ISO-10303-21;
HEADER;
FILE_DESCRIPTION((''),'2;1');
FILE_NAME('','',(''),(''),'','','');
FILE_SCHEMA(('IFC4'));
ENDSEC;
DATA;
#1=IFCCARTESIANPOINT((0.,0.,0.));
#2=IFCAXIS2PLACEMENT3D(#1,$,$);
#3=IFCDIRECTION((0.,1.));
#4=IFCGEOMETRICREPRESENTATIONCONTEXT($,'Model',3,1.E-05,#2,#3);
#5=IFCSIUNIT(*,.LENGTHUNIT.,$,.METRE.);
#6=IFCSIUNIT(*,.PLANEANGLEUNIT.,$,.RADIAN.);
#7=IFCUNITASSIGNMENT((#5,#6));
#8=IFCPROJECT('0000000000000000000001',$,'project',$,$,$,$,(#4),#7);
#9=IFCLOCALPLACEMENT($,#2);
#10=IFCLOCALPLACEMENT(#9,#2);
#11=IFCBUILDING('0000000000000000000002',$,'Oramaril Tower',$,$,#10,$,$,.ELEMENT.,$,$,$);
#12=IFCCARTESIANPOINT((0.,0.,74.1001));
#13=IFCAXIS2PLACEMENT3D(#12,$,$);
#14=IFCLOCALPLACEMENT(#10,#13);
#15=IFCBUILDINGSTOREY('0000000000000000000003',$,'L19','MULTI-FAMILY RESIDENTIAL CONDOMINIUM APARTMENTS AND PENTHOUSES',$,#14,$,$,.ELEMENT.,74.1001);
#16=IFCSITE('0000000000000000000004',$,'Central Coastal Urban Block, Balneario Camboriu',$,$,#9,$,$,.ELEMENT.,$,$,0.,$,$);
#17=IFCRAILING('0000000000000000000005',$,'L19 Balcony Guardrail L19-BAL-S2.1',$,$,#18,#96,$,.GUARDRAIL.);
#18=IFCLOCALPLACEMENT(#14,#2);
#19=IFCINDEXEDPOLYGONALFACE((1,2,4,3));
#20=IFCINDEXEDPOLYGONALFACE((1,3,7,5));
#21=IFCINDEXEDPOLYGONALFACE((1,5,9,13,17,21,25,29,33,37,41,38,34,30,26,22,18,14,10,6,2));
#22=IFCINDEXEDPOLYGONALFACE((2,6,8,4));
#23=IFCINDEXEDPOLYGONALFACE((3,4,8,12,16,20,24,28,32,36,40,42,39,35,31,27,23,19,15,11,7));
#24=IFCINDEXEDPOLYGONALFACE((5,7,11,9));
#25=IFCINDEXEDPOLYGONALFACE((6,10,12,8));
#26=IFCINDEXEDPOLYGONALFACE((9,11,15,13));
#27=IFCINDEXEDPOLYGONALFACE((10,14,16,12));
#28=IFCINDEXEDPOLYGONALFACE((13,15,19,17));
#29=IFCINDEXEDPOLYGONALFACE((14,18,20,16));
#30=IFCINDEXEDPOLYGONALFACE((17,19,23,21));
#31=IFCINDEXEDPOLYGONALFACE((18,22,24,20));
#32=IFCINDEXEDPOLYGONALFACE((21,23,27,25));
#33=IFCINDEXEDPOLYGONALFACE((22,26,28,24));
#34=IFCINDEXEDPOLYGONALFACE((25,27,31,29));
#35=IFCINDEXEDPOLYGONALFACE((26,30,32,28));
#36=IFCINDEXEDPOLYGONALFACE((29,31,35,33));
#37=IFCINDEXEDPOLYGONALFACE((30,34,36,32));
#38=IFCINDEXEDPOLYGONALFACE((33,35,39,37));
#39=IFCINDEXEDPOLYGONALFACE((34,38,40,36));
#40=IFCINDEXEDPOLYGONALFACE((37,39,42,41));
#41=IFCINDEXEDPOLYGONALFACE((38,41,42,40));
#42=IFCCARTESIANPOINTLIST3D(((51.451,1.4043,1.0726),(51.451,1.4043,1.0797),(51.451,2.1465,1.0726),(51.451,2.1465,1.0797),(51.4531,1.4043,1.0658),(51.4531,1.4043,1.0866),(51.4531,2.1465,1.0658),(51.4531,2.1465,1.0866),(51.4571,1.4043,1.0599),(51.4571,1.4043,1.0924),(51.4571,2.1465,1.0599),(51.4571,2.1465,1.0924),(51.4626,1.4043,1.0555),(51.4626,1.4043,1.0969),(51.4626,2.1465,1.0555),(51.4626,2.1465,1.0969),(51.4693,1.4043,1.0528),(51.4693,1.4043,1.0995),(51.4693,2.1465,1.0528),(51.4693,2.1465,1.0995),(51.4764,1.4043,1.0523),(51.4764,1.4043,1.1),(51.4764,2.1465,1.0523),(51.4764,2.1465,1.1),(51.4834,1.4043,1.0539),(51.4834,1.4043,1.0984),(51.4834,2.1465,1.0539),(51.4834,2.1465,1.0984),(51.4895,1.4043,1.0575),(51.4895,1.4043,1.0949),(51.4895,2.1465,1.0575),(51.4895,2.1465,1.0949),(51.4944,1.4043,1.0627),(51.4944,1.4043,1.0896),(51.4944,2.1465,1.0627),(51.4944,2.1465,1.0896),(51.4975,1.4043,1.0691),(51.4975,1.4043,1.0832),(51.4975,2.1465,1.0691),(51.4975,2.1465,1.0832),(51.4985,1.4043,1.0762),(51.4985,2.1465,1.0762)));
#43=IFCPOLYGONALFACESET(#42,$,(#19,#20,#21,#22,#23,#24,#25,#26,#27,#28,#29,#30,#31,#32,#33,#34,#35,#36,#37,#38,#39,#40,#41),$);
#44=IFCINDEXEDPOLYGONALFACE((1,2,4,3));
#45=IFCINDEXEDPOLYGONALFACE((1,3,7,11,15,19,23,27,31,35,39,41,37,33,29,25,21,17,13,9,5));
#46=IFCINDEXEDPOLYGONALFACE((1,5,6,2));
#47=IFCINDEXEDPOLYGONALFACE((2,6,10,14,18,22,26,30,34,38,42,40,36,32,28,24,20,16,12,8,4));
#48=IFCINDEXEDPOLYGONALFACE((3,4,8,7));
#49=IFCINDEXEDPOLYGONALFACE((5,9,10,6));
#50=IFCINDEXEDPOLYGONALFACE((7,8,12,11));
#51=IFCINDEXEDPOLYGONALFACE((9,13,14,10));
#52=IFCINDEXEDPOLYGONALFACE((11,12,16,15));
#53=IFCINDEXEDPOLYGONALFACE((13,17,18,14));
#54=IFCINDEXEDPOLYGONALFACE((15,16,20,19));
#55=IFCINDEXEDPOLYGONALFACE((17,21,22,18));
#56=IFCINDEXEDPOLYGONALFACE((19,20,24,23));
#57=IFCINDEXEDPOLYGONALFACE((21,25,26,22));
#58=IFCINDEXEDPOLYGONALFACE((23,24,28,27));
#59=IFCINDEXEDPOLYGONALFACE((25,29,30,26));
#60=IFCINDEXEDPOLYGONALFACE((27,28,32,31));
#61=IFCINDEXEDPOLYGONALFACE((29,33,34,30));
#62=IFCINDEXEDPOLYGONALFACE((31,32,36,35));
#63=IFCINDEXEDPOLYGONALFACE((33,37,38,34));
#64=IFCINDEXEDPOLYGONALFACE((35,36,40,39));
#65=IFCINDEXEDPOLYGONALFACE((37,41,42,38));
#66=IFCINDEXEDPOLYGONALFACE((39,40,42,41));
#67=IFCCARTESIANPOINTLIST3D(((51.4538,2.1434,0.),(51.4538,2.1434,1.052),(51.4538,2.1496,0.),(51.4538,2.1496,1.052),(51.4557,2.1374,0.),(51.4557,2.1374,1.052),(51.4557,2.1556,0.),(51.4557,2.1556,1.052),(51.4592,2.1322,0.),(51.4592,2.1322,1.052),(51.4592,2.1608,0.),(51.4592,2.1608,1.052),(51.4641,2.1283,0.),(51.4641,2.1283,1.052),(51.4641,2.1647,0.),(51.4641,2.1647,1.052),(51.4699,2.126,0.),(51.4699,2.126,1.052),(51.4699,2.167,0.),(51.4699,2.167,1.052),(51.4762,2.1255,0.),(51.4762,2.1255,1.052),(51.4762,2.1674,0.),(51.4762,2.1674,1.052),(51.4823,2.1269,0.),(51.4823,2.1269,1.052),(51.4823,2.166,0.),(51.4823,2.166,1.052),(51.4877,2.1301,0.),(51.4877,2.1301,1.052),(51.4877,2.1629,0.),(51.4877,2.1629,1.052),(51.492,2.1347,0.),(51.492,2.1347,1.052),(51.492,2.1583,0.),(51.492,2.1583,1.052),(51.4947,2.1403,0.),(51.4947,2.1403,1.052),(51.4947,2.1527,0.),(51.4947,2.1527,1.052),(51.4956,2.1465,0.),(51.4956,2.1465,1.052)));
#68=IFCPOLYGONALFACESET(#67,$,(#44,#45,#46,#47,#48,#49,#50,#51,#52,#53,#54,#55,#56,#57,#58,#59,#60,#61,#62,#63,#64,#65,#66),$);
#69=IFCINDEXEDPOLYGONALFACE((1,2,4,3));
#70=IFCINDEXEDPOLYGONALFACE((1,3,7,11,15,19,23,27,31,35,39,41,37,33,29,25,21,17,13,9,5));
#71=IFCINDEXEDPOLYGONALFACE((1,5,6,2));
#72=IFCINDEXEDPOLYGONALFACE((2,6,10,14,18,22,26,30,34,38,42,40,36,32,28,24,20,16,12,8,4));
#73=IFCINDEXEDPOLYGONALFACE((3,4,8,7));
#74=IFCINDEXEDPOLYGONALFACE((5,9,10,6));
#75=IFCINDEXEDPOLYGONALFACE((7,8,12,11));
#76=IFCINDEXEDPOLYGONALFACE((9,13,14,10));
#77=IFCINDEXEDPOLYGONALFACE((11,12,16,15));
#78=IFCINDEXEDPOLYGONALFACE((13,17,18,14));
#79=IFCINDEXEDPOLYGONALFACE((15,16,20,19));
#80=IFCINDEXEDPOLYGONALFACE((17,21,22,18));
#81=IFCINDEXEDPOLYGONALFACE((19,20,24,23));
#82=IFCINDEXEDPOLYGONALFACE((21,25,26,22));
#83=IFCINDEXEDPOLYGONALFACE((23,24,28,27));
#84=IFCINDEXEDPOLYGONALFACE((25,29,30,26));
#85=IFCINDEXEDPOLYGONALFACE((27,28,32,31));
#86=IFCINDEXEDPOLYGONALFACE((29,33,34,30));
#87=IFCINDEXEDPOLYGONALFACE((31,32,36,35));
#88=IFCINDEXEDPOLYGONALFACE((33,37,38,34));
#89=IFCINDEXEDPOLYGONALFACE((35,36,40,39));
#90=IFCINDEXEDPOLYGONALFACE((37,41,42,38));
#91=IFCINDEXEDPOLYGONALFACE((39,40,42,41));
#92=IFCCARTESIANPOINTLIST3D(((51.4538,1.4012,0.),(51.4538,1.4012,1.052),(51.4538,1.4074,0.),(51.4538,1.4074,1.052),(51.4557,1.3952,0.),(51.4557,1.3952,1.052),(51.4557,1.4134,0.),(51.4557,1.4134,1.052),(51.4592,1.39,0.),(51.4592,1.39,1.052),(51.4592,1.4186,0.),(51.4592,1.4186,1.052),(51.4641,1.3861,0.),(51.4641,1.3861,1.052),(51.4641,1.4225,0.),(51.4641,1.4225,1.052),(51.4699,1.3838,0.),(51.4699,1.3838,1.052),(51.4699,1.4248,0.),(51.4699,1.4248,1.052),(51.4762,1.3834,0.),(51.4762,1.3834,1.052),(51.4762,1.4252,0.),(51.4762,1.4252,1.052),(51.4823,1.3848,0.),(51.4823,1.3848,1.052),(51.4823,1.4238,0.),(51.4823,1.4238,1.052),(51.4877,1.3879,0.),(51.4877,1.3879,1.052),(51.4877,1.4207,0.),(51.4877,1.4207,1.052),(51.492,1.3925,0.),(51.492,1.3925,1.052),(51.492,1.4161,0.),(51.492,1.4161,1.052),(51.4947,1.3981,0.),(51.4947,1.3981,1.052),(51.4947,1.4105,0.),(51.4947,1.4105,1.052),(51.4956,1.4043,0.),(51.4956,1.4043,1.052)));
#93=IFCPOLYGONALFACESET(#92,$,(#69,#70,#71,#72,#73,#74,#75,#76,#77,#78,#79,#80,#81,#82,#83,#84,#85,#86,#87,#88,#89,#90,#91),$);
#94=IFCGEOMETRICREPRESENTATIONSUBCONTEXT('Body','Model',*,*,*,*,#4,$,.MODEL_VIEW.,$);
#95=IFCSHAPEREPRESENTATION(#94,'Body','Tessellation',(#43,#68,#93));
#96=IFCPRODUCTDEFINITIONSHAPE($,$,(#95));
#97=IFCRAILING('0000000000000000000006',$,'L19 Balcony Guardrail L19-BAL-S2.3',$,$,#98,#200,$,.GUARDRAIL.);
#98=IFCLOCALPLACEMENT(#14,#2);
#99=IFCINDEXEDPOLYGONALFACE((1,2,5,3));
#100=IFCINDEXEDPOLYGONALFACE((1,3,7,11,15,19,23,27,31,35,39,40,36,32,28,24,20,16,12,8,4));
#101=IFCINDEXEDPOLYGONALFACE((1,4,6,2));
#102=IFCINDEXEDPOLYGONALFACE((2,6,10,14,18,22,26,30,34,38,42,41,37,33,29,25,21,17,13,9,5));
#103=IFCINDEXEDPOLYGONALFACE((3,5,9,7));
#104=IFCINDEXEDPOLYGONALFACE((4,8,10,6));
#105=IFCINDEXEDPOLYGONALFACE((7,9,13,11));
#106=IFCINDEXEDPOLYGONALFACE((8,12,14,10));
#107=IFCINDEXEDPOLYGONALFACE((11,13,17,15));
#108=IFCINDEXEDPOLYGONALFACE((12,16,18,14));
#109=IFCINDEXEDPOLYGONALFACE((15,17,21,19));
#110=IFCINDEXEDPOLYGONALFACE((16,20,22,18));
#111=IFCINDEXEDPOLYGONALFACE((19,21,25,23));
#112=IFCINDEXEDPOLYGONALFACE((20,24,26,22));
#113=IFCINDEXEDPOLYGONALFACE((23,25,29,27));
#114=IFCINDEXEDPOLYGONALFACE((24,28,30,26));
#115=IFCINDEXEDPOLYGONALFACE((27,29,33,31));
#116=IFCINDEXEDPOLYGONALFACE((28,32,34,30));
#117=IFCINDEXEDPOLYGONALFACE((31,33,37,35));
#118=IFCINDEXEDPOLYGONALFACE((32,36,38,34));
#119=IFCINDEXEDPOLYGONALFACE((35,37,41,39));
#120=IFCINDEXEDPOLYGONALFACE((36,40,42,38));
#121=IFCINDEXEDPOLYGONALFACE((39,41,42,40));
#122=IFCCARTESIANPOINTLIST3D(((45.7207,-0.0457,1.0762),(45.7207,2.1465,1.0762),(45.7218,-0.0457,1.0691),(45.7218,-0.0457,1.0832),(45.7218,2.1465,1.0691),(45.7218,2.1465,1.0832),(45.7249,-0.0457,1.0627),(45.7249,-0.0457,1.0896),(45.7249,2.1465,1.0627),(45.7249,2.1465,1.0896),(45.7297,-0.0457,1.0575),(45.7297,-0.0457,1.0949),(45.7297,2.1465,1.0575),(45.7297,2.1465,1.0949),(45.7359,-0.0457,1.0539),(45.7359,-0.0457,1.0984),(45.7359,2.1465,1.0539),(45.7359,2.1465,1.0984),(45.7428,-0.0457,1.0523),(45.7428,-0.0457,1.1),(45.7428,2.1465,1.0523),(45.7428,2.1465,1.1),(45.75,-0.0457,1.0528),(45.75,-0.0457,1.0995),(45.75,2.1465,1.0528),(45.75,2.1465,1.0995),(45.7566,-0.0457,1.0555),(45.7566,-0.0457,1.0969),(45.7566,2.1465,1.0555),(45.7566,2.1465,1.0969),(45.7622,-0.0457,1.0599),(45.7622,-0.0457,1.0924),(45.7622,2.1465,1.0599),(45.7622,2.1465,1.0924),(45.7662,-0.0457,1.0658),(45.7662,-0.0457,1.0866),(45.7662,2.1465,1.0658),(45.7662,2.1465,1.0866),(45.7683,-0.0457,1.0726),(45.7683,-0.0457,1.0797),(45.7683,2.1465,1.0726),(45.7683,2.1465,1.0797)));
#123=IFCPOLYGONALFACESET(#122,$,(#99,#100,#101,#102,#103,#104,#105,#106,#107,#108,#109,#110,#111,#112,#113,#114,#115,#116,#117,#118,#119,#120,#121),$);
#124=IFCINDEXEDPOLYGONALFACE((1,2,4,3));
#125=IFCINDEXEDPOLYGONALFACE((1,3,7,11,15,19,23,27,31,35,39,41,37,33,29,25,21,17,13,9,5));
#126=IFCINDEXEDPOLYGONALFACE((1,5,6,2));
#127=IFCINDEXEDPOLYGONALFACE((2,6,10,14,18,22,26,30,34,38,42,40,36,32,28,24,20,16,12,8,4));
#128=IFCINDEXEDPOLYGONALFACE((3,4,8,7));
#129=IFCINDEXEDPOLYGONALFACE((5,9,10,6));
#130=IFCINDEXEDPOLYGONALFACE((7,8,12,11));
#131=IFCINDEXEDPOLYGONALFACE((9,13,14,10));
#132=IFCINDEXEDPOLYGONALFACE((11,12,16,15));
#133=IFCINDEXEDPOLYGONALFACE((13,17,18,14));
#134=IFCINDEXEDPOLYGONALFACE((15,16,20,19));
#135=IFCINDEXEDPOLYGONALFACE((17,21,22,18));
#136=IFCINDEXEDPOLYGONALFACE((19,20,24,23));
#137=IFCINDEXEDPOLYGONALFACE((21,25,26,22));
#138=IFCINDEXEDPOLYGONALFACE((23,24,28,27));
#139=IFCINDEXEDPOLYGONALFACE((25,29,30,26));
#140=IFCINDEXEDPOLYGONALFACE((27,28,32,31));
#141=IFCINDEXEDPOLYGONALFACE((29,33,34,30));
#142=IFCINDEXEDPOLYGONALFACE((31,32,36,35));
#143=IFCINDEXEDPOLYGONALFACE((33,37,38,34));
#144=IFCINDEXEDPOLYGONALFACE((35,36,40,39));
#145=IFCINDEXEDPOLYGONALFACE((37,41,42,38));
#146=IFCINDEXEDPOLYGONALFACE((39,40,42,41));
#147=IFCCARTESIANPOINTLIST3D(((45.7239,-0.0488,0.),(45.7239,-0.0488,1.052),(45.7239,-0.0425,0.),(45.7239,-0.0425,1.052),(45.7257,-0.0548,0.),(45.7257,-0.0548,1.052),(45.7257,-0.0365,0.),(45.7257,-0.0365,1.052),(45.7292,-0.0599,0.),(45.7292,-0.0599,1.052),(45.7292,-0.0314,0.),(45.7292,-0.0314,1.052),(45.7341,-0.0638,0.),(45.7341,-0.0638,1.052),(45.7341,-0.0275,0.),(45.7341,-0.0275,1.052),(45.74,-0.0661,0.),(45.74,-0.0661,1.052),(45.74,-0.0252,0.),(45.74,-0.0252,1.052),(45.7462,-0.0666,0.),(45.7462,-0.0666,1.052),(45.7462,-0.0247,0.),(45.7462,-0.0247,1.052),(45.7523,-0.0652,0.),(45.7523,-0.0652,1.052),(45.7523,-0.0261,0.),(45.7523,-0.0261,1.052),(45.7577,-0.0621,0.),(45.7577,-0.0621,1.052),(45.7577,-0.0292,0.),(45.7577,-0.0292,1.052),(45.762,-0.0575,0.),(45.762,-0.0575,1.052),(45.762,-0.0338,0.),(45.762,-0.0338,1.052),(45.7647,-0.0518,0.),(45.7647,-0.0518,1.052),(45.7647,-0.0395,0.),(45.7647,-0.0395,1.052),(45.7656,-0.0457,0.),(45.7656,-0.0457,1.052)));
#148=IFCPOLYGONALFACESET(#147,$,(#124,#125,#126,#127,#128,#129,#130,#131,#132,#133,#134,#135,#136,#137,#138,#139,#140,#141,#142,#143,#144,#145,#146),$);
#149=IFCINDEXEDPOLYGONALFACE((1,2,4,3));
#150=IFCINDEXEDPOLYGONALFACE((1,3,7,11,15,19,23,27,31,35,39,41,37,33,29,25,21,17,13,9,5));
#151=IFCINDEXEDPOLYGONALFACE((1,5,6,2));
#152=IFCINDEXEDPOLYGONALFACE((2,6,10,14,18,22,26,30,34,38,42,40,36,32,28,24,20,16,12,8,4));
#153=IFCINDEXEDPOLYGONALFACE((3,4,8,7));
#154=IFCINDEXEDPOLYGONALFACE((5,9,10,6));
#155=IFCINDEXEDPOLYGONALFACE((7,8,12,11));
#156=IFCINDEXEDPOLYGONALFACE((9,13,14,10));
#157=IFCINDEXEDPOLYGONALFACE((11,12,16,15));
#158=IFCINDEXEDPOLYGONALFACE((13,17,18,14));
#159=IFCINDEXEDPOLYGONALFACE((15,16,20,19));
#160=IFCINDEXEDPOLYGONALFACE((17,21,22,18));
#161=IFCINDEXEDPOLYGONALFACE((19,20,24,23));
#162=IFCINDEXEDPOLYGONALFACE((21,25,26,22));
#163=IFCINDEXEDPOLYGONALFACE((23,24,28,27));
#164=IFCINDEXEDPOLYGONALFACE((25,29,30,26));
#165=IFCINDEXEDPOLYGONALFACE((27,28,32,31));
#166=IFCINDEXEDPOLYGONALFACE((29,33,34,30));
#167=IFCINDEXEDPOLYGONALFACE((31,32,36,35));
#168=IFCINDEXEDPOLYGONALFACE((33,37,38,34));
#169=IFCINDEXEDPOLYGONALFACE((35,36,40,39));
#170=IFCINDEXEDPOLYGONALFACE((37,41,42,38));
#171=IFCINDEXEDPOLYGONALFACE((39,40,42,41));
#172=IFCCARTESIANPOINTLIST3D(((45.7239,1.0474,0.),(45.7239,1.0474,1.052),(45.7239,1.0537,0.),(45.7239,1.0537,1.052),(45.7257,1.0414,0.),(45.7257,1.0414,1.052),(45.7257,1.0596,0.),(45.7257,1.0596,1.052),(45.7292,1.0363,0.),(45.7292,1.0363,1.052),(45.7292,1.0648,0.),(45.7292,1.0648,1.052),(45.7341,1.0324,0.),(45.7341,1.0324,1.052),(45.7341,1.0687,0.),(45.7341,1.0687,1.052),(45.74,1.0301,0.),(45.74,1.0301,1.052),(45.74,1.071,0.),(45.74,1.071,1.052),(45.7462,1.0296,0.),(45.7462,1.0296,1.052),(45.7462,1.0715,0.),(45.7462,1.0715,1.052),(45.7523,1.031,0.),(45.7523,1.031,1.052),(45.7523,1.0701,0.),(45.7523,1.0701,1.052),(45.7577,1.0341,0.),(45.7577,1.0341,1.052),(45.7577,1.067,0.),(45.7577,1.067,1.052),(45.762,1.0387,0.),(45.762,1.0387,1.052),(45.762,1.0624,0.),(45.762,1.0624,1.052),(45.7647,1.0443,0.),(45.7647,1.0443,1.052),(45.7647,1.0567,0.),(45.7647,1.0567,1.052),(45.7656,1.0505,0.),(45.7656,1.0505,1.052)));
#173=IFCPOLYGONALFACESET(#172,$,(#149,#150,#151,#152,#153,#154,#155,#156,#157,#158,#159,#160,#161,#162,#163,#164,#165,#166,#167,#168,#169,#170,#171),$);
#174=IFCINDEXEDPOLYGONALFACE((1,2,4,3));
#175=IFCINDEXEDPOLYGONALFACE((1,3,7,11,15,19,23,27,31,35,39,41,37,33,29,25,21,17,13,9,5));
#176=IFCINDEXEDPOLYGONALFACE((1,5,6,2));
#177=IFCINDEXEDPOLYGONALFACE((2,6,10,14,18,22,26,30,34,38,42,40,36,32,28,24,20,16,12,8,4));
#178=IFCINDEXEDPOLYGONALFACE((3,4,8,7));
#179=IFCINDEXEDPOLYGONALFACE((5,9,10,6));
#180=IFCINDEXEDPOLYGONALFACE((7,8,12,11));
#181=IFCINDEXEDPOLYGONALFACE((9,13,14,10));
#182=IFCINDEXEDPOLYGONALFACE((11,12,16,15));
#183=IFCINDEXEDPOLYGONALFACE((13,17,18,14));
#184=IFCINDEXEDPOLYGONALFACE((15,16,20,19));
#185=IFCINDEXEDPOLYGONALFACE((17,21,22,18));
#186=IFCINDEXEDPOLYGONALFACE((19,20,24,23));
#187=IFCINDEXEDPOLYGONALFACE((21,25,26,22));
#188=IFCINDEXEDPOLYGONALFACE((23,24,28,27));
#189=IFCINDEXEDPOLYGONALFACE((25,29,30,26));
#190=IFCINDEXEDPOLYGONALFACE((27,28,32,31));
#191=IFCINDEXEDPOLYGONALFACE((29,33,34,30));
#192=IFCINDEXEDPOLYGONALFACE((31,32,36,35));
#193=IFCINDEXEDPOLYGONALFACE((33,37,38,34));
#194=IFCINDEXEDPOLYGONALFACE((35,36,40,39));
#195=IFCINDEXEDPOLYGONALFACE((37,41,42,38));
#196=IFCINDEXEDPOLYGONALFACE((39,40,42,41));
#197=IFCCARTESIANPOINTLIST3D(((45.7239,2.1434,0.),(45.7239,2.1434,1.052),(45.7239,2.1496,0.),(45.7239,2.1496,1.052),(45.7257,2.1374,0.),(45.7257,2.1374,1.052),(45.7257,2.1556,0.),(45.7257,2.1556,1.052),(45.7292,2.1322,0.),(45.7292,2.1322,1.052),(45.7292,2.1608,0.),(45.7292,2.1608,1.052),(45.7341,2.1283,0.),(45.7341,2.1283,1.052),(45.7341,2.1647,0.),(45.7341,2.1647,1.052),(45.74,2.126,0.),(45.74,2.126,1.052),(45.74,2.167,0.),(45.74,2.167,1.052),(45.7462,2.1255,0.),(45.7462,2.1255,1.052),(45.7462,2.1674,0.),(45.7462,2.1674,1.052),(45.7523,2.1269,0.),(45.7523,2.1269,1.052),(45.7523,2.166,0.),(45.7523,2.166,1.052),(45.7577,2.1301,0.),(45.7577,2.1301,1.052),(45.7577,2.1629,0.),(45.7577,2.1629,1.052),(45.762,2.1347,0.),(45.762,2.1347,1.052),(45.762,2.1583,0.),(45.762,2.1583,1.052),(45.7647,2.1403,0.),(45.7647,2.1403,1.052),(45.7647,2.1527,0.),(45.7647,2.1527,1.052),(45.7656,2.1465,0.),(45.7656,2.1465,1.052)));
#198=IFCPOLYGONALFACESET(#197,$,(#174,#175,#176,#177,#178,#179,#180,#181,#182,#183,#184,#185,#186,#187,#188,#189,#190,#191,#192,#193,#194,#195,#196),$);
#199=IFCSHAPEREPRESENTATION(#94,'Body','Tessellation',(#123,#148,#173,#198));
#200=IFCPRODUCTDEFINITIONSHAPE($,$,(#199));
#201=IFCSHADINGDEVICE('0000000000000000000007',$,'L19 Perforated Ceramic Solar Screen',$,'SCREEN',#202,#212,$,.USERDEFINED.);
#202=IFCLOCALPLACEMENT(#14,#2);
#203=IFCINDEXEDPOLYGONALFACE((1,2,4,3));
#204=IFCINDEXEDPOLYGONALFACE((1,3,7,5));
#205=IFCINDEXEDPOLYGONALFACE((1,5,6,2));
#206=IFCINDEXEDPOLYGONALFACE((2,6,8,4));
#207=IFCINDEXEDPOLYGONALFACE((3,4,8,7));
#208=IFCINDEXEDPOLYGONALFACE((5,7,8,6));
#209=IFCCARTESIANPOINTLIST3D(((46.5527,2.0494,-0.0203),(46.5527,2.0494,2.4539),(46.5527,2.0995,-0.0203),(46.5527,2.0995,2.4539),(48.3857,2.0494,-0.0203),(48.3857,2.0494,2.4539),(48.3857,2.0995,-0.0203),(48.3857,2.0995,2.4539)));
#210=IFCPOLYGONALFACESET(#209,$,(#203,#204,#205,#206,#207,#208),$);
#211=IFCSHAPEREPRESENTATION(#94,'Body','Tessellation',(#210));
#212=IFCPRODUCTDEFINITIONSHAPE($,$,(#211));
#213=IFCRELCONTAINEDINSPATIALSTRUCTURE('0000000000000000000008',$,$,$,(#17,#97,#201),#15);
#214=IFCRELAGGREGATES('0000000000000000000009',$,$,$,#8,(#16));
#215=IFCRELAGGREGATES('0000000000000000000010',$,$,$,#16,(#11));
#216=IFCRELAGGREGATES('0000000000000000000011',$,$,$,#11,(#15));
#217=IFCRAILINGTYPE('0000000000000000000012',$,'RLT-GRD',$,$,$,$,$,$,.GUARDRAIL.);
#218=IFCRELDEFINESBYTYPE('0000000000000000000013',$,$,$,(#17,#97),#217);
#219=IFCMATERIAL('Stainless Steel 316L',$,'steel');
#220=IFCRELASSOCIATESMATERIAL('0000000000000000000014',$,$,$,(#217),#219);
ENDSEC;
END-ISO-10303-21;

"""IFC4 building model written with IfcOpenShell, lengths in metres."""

from ifc_helpers import new_model, si_unit, direction, frame, origin, origin_2d, place, context, subcontext, project, spatial, rectangle, circle, extrude, material, type_object, element, save


model = new_model("IFC4")

# Units and contexts
model_context = context("Model", 3, precision=1e-05, world=origin(), true_north=direction((0.0, 1.0)))
body_context = subcontext(model_context, "Body", "Model", "MODEL_VIEW")
ifc_project = project(units=[si_unit("LENGTHUNIT", "METRE"), si_unit("PLANEANGLEUNIT", "RADIAN")], contexts=[model_context])

# Site, building, storey
site_placement = place(None, origin())
site = spatial("IfcSite", under=ifc_project, at=site_placement, Name="Central Coastal Urban Block, Balneario Camboriu", CompositionType="ELEMENT", RefElevation=0.0)
building_placement = place(site_placement, origin())
building = spatial("IfcBuilding", under=site, at=building_placement, Name="Oramaril Tower", CompositionType="ELEMENT")
storey_placement = place(building_placement, frame((0.0, 0.0, 74.1001)))
storey = spatial("IfcBuildingStorey", under=building, at=storey_placement, Name="L19", Description="MULTI-FAMILY RESIDENTIAL CONDOMINIUM APARTMENTS AND PENTHOUSES", CompositionType="ELEMENT", Elevation=74.1001)

# Railings
ifc_material_1 = material(Name="Stainless Steel 316L", Category="steel")
railing_type = type_object("IfcRailingType", Name="RLT-GRD", PredefinedType="GUARDRAIL", material=ifc_material_1)
railing_1_placement = place(storey_placement, frame((51.4746, 2.1465, 0.0)))
element("IfcRailing", 1, at=railing_1_placement, inside=storey, type_object=railing_type, Name="L19 Balcony Guardrail L19-BAL-S2.1", PredefinedType="GUARDRAIL", context=body_context, shape_type="SweptSolid", body=[
    extrude(circle(Radius=0.0239, at=origin_2d()), frame((0.0, 0.0, 1.0762), z_axis=(0.0, -1.0, 0.0), x_axis=(1.0, 0.0, 0.0)), (0.0, 0.0, 1.0), 0.7422),
    extrude(circle(Radius=0.021, at=origin_2d()), origin(), (0.0, 0.0, 1.0), 1.052),
    extrude(circle(Radius=0.021, at=origin_2d()), frame((0.0, -0.7422, 0.0)), (0.0, 0.0, 1.0), 1.052),
])
railing_2_placement = place(storey_placement, frame((45.7446, -0.0457, 0.0)))
element("IfcRailing", 2, at=railing_2_placement, inside=storey, type_object=railing_type, Name="L19 Balcony Guardrail L19-BAL-S2.3", PredefinedType="GUARDRAIL", context=body_context, shape_type="SweptSolid", body=[
    extrude(circle(Radius=0.0239, at=origin_2d()), frame((0.0, 0.0, 1.0762), z_axis=(0.0, 1.0, 0.0), x_axis=(-1.0, 0.0, 0.0)), (0.0, 0.0, 1.0), 2.1921),
    extrude(circle(Radius=0.021, at=origin_2d()), origin(), (0.0, 0.0, 1.0), 1.052),
    extrude(circle(Radius=0.021, at=origin_2d()), frame((0.0, 1.0962, 0.0)), (0.0, 0.0, 1.0), 1.052),
    extrude(circle(Radius=0.021, at=origin_2d()), frame((0.0, 2.1921, 0.0)), (0.0, 0.0, 1.0), 1.052),
])

# Shading device
for number, where, z_axis, x_axis, name in (
    (3, (47.4692, 2.0745, -0.0203), (0.0, 0.0, 1.0), (1.0, 0.0, 0.0), "L19 Perforated Ceramic Solar Screen"),
):
    element("IfcShadingDevice", number, at=place(storey_placement, frame(where, z_axis=z_axis, x_axis=x_axis)), inside=storey, Name=name, ObjectType="SCREEN", PredefinedType="USERDEFINED", context=body_context, shape_type="SweptSolid", body=[
        extrude(rectangle(XDim=1.833, YDim=0.05, at=origin_2d()), origin(), (0.0, 0.0, 1.0), 2.4741),
    ])

save(model, "model.ifc")
